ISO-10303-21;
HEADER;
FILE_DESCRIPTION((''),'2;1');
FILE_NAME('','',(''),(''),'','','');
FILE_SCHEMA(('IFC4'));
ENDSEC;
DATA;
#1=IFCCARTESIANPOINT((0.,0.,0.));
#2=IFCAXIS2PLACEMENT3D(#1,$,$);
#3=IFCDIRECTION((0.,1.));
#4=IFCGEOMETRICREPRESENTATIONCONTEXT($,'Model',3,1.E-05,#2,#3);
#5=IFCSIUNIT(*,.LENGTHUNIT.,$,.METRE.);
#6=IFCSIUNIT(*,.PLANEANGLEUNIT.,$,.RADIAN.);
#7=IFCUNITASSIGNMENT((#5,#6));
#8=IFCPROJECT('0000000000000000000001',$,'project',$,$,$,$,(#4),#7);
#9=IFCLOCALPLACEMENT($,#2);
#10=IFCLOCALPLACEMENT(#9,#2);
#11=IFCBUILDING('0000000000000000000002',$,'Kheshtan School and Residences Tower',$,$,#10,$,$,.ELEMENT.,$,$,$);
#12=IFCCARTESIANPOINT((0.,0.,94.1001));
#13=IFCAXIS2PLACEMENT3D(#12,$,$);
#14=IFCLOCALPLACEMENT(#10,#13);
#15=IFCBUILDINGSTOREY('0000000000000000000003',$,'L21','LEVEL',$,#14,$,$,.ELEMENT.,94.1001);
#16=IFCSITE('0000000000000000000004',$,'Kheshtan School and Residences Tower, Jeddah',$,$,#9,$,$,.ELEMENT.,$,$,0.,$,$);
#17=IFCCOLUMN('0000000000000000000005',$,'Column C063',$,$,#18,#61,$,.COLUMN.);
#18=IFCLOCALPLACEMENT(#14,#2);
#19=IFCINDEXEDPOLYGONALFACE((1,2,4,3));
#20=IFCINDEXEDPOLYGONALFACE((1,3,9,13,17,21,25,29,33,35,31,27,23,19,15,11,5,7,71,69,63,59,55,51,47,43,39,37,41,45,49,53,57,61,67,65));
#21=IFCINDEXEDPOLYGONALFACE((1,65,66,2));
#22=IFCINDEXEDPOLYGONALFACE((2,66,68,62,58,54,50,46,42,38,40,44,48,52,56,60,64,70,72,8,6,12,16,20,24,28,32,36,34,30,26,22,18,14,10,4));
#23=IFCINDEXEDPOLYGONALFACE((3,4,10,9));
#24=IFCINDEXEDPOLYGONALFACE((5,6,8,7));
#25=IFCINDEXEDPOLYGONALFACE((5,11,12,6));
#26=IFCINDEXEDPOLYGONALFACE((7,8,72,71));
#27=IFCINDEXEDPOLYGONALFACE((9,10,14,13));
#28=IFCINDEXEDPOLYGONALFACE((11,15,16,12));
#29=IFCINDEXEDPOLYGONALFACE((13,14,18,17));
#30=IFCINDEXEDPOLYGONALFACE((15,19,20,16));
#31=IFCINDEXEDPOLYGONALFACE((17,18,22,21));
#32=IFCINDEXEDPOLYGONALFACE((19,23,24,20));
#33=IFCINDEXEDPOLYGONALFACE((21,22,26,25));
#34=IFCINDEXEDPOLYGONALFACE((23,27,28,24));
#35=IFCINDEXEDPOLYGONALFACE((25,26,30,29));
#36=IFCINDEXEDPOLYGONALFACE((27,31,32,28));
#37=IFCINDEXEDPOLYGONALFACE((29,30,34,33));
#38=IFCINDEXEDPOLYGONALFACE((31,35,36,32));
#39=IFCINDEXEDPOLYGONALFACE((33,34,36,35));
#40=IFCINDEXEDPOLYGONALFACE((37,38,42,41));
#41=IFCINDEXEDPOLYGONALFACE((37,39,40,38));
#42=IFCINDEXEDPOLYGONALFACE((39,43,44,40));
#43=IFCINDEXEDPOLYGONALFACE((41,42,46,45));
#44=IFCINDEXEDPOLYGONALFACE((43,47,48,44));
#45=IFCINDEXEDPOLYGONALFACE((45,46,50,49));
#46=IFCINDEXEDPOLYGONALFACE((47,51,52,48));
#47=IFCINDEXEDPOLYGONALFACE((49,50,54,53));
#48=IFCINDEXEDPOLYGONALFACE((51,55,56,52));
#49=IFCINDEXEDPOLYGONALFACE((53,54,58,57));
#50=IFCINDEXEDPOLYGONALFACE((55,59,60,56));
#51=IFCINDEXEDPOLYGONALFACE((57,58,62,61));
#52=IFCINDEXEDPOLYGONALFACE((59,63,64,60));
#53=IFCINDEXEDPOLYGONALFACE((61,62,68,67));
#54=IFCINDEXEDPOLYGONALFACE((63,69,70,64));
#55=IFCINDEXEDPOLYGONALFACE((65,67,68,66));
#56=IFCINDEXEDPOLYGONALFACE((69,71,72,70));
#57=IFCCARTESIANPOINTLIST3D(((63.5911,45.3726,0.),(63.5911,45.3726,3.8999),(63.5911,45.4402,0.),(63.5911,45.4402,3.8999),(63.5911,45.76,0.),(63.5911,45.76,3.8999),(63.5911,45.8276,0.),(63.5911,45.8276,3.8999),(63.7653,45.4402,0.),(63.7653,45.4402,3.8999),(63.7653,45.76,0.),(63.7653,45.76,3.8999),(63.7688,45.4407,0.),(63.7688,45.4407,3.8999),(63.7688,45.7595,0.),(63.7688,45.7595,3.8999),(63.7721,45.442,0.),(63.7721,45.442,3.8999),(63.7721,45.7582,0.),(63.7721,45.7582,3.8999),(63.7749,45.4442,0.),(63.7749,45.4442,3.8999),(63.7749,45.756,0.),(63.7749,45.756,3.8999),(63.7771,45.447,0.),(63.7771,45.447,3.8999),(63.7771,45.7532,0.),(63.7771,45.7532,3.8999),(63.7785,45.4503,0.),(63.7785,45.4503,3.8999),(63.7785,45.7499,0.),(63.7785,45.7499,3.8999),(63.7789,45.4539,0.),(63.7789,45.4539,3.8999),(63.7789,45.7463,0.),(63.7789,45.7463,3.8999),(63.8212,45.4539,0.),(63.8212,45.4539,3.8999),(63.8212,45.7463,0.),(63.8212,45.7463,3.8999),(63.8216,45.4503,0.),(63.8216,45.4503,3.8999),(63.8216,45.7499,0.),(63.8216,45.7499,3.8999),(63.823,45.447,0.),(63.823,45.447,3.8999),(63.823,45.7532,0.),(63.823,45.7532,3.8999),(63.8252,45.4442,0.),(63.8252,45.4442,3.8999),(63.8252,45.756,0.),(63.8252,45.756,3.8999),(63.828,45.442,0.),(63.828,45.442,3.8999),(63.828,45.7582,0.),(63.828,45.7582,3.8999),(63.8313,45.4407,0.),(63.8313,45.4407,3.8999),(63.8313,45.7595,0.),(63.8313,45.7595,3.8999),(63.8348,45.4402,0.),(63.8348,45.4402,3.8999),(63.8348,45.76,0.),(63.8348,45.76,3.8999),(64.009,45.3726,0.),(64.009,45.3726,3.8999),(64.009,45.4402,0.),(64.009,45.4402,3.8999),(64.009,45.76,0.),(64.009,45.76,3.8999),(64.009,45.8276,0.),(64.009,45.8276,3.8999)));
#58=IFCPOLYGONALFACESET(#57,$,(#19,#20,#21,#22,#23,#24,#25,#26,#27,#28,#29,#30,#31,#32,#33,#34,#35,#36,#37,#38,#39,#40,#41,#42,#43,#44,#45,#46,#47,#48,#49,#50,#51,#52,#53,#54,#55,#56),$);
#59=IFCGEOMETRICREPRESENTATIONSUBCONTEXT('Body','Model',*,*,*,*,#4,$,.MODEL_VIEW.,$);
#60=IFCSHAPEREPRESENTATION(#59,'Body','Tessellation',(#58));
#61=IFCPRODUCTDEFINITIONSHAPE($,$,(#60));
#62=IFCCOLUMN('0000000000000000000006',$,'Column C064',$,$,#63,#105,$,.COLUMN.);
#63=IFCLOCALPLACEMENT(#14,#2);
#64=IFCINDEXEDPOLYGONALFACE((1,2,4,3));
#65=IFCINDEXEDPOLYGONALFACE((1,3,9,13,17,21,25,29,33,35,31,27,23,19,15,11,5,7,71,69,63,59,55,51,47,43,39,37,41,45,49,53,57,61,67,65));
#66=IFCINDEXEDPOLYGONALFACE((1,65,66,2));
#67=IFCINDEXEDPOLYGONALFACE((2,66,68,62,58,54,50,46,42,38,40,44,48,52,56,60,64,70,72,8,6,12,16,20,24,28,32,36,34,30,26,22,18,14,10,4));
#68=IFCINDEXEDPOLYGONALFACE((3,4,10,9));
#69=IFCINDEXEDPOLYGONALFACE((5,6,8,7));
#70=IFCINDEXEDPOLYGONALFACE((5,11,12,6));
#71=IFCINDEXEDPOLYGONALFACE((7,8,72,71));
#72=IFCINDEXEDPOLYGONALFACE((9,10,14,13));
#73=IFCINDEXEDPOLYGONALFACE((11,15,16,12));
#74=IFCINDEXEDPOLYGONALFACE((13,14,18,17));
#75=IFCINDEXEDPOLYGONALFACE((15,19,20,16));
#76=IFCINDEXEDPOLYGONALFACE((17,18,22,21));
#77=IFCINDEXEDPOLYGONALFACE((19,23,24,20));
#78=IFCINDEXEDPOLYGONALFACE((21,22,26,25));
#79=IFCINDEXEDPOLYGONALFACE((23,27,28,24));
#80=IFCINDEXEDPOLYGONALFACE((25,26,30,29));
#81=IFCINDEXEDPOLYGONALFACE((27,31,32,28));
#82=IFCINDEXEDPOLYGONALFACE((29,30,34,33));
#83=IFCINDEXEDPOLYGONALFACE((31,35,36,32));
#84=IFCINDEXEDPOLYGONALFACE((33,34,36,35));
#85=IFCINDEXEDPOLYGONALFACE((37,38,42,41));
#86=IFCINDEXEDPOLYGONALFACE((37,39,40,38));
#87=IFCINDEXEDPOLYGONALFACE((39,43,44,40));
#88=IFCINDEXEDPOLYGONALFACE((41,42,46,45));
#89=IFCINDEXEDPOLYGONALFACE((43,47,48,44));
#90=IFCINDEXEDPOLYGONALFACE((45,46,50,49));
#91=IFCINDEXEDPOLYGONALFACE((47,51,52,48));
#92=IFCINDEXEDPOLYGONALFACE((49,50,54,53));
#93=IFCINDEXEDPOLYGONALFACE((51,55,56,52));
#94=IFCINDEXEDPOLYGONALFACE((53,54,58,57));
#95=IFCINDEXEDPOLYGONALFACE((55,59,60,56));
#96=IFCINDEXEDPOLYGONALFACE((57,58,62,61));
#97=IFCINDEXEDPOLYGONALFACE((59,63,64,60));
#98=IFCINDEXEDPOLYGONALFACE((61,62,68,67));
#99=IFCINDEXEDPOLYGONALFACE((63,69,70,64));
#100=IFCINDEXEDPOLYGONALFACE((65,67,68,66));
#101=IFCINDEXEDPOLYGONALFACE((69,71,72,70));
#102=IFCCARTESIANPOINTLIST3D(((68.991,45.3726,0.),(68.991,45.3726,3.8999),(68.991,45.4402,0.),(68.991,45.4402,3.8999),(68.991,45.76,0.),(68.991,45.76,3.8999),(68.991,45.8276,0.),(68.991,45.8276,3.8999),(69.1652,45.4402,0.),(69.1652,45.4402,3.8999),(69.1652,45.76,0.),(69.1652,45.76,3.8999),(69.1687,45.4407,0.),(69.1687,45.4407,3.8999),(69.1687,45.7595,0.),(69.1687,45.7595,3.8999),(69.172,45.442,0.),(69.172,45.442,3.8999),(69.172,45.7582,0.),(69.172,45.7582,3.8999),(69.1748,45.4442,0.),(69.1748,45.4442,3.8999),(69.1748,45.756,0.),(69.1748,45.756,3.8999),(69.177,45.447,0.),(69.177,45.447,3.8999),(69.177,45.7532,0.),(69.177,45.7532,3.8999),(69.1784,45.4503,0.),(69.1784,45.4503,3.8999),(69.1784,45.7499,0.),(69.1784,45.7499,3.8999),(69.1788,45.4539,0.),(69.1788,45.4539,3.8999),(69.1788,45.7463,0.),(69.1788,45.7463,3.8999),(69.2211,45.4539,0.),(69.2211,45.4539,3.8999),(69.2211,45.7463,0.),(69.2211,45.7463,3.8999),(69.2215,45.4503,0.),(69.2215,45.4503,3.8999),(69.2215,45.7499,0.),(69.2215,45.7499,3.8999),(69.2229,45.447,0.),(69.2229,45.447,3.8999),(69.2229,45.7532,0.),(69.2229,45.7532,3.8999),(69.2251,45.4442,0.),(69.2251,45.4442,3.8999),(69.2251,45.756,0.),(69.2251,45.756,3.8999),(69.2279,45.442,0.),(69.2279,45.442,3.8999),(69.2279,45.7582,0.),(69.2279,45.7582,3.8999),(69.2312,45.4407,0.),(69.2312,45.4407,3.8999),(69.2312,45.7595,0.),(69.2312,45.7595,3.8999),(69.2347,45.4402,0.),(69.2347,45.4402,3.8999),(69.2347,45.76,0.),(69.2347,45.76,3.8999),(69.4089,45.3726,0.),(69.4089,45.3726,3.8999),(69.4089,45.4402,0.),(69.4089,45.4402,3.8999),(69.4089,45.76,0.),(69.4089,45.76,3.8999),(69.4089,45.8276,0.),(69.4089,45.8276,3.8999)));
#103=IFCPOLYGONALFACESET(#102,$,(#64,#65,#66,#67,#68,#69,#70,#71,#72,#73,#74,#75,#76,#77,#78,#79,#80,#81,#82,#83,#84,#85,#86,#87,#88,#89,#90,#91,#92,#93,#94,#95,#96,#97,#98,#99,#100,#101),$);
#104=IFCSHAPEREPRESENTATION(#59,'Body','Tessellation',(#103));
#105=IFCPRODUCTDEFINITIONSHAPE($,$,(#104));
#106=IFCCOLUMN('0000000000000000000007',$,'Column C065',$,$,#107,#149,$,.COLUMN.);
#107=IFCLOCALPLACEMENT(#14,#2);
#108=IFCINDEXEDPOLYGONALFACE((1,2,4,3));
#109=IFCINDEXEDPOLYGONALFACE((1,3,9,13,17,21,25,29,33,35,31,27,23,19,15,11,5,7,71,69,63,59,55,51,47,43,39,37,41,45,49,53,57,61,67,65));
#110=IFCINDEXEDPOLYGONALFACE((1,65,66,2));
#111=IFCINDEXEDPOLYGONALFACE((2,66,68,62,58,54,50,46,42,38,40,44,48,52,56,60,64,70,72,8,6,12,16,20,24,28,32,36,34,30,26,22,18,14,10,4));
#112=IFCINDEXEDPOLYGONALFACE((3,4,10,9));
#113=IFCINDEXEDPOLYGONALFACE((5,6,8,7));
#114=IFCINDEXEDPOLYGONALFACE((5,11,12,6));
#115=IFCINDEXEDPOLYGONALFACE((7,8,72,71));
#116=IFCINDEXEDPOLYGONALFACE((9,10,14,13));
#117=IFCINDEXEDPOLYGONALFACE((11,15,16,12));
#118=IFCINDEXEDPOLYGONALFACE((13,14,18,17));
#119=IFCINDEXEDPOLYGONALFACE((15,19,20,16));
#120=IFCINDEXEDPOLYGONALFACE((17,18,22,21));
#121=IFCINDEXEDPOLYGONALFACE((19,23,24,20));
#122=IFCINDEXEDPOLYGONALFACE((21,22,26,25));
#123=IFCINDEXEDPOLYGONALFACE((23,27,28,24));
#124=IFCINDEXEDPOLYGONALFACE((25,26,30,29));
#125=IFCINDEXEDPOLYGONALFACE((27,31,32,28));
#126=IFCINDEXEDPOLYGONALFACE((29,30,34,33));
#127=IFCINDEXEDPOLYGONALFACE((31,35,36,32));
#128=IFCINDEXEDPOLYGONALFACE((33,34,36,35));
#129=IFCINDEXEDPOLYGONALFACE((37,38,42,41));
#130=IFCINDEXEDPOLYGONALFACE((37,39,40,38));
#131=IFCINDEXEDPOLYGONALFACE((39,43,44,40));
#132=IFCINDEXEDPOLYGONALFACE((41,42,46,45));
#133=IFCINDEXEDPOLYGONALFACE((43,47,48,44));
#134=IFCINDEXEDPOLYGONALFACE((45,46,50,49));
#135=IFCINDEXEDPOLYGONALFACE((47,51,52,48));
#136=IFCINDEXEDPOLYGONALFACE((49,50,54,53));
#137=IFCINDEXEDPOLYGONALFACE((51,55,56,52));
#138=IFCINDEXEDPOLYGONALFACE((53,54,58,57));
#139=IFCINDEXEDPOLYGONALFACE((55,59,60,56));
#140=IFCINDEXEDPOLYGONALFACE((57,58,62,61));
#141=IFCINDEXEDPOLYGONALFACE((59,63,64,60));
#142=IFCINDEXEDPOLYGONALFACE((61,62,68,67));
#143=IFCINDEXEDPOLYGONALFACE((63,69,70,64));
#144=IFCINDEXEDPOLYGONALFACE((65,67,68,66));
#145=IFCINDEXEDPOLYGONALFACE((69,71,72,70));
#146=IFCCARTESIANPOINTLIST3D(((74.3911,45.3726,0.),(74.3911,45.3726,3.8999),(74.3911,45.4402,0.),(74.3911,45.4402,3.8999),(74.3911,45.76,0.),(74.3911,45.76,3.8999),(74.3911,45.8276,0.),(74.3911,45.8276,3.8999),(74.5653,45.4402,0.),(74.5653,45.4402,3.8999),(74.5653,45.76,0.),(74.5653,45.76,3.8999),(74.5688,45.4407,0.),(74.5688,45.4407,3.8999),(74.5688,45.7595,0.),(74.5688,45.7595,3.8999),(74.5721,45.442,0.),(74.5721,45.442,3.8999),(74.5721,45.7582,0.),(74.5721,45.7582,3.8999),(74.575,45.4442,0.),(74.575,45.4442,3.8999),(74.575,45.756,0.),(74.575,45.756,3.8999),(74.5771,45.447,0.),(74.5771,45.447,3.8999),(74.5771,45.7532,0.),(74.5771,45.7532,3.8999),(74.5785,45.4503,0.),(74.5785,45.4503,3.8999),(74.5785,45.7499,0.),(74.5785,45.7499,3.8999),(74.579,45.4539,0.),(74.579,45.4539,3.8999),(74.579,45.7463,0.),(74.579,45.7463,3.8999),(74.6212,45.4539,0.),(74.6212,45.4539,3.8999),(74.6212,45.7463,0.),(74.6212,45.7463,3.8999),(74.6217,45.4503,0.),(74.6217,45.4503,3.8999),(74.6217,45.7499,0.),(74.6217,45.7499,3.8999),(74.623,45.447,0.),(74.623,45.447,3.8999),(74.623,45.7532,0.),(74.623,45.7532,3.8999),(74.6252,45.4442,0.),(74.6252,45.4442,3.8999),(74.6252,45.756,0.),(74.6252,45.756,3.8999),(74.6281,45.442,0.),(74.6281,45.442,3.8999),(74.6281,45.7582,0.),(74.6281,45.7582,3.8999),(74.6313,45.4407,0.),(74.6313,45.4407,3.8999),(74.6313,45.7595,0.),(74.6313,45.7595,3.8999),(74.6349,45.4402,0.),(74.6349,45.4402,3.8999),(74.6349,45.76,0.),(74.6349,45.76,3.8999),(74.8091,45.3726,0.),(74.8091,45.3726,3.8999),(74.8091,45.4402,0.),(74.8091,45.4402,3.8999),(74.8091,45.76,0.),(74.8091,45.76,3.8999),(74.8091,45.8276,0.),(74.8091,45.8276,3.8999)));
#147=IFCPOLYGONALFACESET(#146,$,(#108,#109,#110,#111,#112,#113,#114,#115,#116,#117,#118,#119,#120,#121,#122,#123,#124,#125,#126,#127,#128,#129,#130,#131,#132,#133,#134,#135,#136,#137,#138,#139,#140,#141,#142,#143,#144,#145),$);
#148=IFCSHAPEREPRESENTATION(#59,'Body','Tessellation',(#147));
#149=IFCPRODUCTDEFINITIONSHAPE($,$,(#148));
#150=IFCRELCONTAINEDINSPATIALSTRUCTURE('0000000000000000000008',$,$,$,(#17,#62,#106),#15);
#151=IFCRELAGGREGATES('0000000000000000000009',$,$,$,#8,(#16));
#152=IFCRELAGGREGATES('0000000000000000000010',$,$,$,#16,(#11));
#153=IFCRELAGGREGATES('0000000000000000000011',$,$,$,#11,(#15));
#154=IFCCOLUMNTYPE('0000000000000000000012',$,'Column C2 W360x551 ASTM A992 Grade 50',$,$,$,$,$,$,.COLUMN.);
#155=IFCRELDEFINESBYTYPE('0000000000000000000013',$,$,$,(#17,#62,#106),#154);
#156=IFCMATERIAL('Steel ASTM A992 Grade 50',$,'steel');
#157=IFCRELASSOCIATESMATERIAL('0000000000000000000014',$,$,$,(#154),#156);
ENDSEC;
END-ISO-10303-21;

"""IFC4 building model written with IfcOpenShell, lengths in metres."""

from ifc_helpers import new_model, si_unit, direction, frame, origin, origin_2d, place, context, subcontext, project, spatial, i_section, extrude, material, material_profile, profile_set, type_object, element, save


model = new_model("IFC4")

# Units and contexts
model_context = context("Model", 3, precision=1e-05, world=origin(), true_north=direction((0.0, 1.0)))
body_context = subcontext(model_context, "Body", "Model", "MODEL_VIEW")
ifc_project = project(units=[si_unit("LENGTHUNIT", "METRE"), si_unit("PLANEANGLEUNIT", "RADIAN")], contexts=[model_context])

# Site, building, storey
site_placement = place(None, origin())
site = spatial("IfcSite", under=ifc_project, at=site_placement, Name="Kheshtan School and Residences Tower, Jeddah", CompositionType="ELEMENT", RefElevation=0.0)
building_placement = place(site_placement, origin())
building = spatial("IfcBuilding", under=site, at=building_placement, Name="Kheshtan School and Residences Tower", CompositionType="ELEMENT")
storey_placement = place(building_placement, frame((0.0, 0.0, 94.1001)))
storey = spatial("IfcBuildingStorey", under=building, at=storey_placement, Name="L21", Description="LEVEL", CompositionType="ELEMENT", Elevation=94.1001)

# Columns
ifc_material_1 = material(Name="Steel ASTM A992 Grade 50", Category="steel")
ifc_material_profile_1 = material_profile(ifc_material_1, i_section(OverallWidth=0.418, OverallDepth=0.4551, WebThickness=0.0422, FlangeThickness=0.0676, FilletRadius=0.0137, at=origin_2d()), Name="W360x551")
ifc_profile_set_1 = profile_set([ifc_material_profile_1], Name="Steel ASTM A992 Grade 50")
column_type_1 = type_object("IfcColumnType", Name="Column C2 W360x551 ASTM A992 Grade 50", PredefinedType="COLUMN", material=ifc_profile_set_1)
for number, where, z_axis, x_axis, name in (
    (1, (63.8, 45.6001, 0.0), (0.0, 0.0, 1.0), (1.0, 0.0, 0.0), "Column C063"),
    (2, (69.2, 45.6001, 0.0), (0.0, 0.0, 1.0), (1.0, 0.0, 0.0), "Column C064"),
    (3, (74.6001, 45.6001, 0.0), (0.0, 0.0, 1.0), (1.0, 0.0, 0.0), "Column C065"),
):
    element("IfcColumn", number, at=place(storey_placement, frame(where, z_axis=z_axis, x_axis=x_axis)), inside=storey, type_object=column_type_1, Name=name, PredefinedType="COLUMN", context=body_context, shape_type="SweptSolid", body=[
        extrude(i_section(OverallWidth=0.418, OverallDepth=0.4551, WebThickness=0.0422, FlangeThickness=0.0676, FilletRadius=0.0137, at=origin_2d()), origin(), (0.0, 0.0, 1.0), 3.8999),
    ])

save(model, "model.ifc")
